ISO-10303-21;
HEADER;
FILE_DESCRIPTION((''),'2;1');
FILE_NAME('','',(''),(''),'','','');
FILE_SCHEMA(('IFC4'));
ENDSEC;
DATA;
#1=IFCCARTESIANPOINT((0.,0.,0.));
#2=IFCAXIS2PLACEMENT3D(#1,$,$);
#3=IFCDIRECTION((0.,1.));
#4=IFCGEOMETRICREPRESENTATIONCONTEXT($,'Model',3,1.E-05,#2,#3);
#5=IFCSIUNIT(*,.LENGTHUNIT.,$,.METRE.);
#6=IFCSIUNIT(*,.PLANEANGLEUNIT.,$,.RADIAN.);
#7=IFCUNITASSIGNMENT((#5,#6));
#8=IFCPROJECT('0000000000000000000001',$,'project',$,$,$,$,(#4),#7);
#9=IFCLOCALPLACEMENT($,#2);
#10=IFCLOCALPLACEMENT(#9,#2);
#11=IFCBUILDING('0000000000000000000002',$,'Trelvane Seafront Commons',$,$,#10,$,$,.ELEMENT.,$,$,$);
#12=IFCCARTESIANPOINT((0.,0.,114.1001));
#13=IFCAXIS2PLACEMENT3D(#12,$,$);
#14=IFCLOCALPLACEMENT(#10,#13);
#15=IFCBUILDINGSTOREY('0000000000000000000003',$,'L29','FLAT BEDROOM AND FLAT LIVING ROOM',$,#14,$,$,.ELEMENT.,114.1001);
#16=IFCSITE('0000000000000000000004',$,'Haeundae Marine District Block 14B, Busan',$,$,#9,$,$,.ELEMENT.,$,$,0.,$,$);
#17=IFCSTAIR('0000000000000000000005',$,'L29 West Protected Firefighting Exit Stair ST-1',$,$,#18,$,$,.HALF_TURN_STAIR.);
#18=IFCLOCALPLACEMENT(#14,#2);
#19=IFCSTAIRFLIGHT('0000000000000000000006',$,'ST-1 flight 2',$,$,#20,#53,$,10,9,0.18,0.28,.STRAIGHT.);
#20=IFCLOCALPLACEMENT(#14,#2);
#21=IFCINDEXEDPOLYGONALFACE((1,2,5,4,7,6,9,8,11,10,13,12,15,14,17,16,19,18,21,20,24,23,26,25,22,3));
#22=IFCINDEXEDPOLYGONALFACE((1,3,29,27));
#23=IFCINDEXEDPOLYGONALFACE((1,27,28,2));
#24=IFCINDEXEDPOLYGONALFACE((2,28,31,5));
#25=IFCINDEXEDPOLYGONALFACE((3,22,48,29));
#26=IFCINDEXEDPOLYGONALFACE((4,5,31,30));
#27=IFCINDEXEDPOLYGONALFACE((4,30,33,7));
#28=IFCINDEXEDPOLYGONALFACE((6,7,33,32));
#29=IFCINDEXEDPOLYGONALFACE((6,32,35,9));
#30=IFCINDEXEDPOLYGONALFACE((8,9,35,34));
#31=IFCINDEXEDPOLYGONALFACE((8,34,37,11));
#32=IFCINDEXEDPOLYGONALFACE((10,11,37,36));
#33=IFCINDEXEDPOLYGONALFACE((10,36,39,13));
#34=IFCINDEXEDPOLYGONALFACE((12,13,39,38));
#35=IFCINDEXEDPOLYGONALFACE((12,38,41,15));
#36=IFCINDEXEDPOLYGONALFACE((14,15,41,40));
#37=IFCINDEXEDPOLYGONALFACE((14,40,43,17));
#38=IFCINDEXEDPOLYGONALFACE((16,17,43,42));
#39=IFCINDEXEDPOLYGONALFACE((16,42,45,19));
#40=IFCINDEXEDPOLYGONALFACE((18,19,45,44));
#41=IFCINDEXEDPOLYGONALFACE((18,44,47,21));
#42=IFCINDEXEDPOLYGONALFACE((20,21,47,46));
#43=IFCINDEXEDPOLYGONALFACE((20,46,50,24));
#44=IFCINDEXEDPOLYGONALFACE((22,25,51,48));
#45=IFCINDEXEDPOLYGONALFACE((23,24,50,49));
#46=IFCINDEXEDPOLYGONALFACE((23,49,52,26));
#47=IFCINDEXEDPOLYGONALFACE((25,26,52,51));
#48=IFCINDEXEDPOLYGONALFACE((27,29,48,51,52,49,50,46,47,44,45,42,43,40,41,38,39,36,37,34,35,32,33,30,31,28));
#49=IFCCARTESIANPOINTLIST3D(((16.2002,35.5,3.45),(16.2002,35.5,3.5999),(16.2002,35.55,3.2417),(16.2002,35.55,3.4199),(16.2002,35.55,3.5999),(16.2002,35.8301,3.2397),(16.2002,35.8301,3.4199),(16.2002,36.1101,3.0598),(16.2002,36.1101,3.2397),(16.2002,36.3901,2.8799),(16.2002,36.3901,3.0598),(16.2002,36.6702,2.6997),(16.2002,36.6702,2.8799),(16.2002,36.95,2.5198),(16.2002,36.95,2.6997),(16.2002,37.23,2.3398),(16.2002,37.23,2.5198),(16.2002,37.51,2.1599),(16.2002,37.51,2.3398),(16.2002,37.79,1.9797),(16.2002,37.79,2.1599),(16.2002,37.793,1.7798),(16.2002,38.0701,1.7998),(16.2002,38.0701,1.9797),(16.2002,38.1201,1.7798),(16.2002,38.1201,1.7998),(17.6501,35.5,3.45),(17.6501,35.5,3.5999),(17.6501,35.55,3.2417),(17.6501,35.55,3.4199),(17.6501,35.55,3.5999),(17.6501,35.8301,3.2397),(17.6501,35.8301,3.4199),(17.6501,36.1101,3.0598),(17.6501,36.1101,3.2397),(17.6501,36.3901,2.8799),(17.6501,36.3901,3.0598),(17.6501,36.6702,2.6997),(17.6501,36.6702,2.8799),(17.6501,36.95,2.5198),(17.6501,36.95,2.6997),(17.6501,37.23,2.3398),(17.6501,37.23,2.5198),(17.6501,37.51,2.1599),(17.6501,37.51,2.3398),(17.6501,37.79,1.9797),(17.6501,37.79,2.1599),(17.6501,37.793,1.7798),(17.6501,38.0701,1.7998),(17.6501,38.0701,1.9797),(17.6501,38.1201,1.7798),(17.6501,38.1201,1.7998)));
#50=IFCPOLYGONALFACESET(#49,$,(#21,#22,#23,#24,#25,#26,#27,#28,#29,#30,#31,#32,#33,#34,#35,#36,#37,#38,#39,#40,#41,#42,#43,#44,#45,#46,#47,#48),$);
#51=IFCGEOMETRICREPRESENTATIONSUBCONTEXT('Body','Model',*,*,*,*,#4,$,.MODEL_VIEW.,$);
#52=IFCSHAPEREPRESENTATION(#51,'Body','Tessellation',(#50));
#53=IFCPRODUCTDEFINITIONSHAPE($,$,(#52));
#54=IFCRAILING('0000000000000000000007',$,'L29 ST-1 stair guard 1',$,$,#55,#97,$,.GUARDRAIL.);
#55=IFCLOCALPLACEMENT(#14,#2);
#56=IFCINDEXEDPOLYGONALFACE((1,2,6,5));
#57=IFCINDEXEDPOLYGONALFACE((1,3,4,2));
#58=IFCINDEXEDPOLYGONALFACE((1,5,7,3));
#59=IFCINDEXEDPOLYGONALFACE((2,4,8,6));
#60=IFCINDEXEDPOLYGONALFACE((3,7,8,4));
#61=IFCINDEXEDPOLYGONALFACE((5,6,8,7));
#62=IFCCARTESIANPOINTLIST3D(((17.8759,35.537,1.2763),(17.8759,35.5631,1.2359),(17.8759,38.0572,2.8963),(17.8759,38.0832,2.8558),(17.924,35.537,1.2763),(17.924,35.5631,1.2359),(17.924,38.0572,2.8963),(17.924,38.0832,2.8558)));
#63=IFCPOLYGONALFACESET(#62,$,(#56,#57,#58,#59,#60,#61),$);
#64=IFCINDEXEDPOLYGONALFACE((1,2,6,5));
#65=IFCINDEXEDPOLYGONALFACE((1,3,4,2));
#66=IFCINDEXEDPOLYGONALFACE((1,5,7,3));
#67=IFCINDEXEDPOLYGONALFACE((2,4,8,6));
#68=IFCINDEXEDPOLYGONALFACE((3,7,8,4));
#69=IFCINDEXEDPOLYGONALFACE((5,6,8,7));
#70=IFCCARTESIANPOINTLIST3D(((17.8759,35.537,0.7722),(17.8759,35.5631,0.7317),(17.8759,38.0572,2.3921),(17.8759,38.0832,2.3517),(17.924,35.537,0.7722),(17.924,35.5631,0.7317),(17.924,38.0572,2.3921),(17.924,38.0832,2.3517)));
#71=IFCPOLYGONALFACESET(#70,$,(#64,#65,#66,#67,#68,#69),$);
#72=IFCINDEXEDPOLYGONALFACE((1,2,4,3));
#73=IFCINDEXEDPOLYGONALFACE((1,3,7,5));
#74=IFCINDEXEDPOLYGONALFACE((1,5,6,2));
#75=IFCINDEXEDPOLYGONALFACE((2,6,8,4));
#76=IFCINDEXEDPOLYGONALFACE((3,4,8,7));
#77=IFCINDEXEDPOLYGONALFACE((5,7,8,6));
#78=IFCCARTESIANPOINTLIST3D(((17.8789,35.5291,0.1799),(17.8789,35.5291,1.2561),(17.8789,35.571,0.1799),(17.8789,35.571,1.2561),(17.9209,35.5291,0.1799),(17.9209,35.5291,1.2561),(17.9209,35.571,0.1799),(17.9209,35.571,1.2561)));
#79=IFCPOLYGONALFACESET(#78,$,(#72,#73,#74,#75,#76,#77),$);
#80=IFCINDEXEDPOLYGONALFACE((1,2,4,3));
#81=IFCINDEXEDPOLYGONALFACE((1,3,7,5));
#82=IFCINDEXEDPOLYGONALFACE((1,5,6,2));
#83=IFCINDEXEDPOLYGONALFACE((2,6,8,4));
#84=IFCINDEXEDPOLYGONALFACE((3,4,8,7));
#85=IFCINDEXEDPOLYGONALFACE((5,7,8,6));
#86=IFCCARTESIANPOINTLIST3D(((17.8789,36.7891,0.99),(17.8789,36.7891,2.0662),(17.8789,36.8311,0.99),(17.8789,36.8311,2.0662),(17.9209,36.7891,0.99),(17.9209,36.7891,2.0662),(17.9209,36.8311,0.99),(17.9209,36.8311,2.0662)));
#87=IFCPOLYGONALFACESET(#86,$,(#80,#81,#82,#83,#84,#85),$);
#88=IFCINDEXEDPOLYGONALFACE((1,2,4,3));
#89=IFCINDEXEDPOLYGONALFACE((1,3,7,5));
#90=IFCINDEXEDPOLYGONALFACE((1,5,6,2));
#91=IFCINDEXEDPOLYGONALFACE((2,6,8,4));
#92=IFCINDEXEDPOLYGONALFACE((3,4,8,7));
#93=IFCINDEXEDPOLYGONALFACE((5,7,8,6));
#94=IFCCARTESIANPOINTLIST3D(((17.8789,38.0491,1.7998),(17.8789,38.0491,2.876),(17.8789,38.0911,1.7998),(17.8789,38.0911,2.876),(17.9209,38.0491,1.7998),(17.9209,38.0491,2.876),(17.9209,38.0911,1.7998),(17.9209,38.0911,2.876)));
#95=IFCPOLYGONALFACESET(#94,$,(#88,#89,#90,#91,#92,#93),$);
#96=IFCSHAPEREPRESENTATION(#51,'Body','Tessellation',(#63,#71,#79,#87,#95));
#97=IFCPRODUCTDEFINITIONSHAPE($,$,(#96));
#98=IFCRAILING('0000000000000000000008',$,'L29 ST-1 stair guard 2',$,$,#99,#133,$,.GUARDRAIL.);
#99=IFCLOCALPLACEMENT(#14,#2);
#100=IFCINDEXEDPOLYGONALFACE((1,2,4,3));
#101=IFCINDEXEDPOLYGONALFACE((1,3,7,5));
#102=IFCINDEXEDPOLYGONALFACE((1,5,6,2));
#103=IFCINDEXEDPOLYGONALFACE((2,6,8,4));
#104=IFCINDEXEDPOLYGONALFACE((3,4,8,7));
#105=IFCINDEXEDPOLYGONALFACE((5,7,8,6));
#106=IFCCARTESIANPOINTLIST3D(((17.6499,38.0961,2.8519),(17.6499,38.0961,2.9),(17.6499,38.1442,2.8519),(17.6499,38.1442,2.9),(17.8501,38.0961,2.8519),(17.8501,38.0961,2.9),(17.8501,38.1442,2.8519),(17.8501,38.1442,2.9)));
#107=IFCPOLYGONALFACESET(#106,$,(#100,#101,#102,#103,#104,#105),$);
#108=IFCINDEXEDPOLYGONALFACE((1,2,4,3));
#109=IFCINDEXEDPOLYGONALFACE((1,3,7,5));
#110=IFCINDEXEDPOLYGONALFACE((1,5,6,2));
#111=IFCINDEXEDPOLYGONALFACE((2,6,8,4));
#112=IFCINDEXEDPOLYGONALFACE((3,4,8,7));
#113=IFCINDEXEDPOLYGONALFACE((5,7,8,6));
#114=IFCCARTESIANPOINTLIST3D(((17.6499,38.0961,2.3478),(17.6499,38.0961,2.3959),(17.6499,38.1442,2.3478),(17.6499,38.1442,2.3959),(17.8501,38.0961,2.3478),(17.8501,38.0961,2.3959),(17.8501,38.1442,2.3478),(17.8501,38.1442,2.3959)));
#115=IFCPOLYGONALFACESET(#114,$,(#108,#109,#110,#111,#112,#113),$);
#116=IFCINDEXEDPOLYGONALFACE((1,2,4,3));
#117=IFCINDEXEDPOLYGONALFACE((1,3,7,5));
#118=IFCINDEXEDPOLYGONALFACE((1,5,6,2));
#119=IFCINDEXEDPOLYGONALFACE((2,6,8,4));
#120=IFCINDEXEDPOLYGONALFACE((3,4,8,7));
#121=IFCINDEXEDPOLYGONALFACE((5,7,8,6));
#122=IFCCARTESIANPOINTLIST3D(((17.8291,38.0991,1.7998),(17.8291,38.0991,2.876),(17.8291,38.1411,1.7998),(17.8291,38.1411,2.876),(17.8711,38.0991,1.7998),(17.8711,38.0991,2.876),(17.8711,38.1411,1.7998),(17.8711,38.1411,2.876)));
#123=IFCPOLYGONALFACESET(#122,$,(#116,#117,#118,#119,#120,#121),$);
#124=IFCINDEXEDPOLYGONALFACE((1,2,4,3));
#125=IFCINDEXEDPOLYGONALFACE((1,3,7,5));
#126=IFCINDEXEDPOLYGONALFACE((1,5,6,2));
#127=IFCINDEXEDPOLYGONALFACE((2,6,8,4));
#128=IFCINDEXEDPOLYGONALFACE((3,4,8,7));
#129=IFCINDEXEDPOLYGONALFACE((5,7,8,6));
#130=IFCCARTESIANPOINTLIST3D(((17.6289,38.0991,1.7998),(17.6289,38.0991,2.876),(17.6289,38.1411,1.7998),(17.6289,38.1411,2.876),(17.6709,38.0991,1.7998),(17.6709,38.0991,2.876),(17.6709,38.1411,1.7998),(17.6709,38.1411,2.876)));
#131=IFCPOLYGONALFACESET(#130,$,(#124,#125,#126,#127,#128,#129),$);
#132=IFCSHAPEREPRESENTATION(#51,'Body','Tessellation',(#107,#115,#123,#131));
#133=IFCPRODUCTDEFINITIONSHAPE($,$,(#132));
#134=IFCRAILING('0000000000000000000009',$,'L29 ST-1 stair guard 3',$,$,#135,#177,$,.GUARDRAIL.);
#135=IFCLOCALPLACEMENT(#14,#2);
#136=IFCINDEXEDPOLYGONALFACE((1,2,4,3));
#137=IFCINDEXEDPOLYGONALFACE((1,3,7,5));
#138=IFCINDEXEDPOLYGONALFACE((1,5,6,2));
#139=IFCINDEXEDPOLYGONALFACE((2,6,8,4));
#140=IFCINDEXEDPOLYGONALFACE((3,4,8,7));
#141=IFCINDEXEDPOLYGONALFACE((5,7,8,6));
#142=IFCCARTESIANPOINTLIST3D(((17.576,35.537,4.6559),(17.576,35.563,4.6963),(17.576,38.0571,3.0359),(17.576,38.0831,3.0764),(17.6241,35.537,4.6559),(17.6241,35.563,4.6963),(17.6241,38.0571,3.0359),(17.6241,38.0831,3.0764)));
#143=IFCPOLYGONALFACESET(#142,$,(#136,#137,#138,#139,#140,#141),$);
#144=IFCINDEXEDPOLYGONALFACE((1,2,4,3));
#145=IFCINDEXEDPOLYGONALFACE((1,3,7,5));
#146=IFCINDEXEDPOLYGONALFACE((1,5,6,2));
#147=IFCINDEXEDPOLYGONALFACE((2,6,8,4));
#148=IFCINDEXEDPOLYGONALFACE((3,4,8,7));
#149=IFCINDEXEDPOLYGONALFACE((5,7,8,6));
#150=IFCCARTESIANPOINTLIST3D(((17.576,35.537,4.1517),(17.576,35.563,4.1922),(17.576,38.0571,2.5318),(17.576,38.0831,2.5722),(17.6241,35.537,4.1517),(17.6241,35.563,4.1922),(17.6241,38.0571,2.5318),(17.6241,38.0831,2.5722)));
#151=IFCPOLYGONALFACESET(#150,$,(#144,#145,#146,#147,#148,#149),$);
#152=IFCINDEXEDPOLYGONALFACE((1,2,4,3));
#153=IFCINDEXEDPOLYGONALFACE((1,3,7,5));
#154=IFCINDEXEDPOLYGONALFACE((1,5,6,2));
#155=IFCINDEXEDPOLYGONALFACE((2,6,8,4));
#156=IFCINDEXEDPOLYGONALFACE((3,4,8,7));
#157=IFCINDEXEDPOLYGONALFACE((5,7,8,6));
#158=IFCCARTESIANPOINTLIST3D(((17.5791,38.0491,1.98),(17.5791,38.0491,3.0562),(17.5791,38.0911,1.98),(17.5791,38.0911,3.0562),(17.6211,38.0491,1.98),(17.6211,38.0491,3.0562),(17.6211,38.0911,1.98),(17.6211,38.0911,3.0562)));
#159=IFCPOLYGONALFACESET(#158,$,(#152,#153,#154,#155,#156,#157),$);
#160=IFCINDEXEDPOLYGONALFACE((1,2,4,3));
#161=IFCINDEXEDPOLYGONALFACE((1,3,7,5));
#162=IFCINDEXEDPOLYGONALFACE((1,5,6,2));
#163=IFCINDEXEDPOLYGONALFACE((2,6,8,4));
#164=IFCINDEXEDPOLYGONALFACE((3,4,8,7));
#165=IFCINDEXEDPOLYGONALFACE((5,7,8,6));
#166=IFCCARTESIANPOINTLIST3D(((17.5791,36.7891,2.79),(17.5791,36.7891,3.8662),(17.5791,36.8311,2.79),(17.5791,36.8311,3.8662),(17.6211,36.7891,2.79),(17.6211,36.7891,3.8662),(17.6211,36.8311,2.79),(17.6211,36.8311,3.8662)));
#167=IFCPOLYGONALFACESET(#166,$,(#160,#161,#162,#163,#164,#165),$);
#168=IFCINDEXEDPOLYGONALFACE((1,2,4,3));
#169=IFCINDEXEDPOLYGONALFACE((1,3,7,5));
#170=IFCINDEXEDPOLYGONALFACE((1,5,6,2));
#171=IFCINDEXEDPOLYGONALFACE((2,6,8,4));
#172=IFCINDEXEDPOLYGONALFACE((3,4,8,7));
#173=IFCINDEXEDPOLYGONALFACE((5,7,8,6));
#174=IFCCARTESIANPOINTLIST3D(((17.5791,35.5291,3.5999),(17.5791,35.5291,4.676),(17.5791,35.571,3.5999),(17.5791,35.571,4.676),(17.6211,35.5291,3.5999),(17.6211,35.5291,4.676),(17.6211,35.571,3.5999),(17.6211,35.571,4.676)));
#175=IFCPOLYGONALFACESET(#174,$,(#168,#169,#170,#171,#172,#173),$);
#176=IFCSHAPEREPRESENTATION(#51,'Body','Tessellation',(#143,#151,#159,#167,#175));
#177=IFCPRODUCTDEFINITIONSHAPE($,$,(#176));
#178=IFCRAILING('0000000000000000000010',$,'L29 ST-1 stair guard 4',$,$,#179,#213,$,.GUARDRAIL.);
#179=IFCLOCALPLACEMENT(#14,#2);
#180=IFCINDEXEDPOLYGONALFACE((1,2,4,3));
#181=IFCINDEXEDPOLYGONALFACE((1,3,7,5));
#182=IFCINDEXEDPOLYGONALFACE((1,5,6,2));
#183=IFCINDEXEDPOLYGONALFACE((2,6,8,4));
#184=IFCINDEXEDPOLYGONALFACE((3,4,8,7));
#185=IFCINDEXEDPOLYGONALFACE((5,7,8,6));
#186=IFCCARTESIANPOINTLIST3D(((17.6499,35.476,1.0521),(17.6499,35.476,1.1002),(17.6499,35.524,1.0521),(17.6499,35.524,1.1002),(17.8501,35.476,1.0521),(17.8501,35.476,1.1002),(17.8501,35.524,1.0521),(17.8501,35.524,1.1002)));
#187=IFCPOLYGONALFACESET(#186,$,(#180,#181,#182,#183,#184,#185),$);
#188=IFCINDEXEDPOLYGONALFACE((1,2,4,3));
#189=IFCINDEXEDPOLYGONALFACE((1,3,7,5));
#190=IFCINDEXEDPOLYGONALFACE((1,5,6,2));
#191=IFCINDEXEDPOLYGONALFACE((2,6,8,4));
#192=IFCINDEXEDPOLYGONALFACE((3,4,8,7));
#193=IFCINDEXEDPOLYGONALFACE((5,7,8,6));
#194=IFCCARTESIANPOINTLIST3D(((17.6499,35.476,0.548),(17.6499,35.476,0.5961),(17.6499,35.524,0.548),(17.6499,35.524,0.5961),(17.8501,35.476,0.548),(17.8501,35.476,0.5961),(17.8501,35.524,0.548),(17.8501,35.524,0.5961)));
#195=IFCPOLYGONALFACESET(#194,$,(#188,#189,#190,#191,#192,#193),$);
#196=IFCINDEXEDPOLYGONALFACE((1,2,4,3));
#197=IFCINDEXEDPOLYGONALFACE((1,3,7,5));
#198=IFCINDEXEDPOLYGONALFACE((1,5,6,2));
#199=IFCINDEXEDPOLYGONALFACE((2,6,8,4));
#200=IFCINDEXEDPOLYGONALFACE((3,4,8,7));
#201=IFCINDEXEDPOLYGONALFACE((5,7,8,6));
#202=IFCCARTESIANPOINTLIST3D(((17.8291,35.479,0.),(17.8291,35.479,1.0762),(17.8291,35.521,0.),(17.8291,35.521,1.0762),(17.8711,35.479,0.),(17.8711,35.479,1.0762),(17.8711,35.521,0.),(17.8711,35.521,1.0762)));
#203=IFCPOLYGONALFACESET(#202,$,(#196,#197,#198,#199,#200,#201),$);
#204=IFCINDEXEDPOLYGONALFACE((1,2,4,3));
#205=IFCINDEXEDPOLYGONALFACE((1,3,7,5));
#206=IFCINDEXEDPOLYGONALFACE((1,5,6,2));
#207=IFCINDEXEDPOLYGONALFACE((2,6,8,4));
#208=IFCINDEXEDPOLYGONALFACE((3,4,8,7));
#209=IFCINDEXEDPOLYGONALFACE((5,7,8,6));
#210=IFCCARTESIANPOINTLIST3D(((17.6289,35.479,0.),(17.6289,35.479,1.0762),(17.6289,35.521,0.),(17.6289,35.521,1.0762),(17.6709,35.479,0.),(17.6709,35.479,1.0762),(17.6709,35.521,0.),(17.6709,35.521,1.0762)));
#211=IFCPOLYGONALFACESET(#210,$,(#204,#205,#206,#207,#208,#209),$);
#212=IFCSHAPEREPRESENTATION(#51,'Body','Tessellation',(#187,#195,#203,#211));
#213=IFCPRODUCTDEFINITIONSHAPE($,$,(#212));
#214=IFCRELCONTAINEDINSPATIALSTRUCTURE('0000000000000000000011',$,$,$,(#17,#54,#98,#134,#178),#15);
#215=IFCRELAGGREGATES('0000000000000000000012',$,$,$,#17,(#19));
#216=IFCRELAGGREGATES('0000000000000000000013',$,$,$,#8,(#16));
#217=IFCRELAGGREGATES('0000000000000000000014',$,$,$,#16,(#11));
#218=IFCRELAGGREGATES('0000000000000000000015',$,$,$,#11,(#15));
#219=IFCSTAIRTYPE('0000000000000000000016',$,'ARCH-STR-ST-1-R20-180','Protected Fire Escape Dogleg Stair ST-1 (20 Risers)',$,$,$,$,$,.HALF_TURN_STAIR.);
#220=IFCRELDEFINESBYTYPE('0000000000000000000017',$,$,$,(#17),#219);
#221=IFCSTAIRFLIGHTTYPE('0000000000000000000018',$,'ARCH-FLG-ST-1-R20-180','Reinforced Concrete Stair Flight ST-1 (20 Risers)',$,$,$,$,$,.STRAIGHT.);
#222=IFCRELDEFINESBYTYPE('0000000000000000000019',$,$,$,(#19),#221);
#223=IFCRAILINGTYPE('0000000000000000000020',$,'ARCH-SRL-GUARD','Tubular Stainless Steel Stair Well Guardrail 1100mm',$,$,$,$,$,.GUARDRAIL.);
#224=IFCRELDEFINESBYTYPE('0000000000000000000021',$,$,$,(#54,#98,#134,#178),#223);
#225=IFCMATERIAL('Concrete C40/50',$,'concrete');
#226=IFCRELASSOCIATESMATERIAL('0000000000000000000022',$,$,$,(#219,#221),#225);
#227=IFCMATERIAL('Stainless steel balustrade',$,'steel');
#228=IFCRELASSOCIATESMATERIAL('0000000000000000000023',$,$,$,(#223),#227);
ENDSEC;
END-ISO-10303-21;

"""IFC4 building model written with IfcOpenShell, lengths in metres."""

from ifc_helpers import new_model, si_unit, direction, frame, origin, origin_2d, place, context, subcontext, project, spatial, polyline, rectangle, outline, extrude, source, transform, mapped, material, type_object, element, aggregate, save


model = new_model("IFC4")

# Units and contexts
model_context = context("Model", 3, precision=1e-05, world=origin(), true_north=direction((0.0, 1.0)))
body_context = subcontext(model_context, "Body", "Model", "MODEL_VIEW")
ifc_project = project(units=[si_unit("LENGTHUNIT", "METRE"), si_unit("PLANEANGLEUNIT", "RADIAN")], contexts=[model_context])

# Site, building, storey
site_placement = place(None, origin())
site = spatial("IfcSite", under=ifc_project, at=site_placement, Name="Haeundae Marine District Block 14B, Busan", CompositionType="ELEMENT", RefElevation=0.0)
building_placement = place(site_placement, origin())
building = spatial("IfcBuilding", under=site, at=building_placement, Name="Trelvane Seafront Commons", CompositionType="ELEMENT")
storey_placement = place(building_placement, frame((0.0, 0.0, 114.1001)))
storey = spatial("IfcBuildingStorey", under=building, at=storey_placement, Name="L29", Description="FLAT BEDROOM AND FLAT LIVING ROOM", CompositionType="ELEMENT", Elevation=114.1001)

# Shared definitions
ifc_material_1 = material(Name="Concrete C40/50", Category="concrete")

# Shared definitions
ifc_material_2 = material(Name="Stainless steel balustrade", Category="steel")

# Stair, stair flight
stair_type = type_object("IfcStairType", Name="ARCH-STR-ST-1-R20-180", Description="Protected Fire Escape Dogleg Stair ST-1 (20 Risers)", PredefinedType="HALF_TURN_STAIR", material=ifc_material_1)
stair_placement = place(storey_placement, origin())
stair = element("IfcStair", 1, at=stair_placement, inside=storey, type_object=stair_type, Name="L29 West Protected Firefighting Exit Stair ST-1", PredefinedType="HALF_TURN_STAIR")
stair_flight_type = type_object("IfcStairFlightType", Name="ARCH-FLG-ST-1-R20-180", Description="Reinforced Concrete Stair Flight ST-1 (20 Risers)", PredefinedType="STRAIGHT", material=ifc_material_1)
shared_shape_1 = source(origin(), body_context, "Body", "SweptSolid", [
    extrude(outline(polyline([(-0.05, -0.02), (-0.05, 0.0), (0.0, 0.0), (0.0, 0.1799), (0.28, 0.1799), (0.28, 0.3601), (0.5601, 0.3601), (0.5601, 0.54), (0.8401, 0.54), (0.8401, 0.72), (1.1201, 0.72), (1.1201, 0.8999), (1.3999, 0.8999), (1.3999, 1.0801), (1.6799, 1.0801), (1.6799, 1.26), (1.96, 1.26), (1.96, 1.4399), (2.24, 1.4399), (2.24, 1.6201), (2.52, 1.6201), (2.52, 1.8), (2.5701, 1.8), (2.5701, 1.6501), (2.52, 1.4419), (0.2771, -0.02), (-0.05, -0.02)])), frame((0.0, 0.7251, 0.0), z_axis=(0.0, -1.0, 0.0), x_axis=(1.0, 0.0, 0.0)), (0.0, 0.0, 1.0), 1.45),
])
stair_flight_1_placement = place(storey_placement, frame((16.925, 38.0701, 1.7998), z_axis=(0.0, 0.0, 1.0), x_axis=(0.0, -1.0, 0.0)))
stair_flight_1 = element("IfcStairFlight", 2, at=stair_flight_1_placement, type_object=stair_flight_type, Name="ST-1 flight 2", NumberOfRisers=10, NumberOfTreads=9, PredefinedType="STRAIGHT", RiserHeight=0.18, TreadLength=0.28, context=body_context, shape_type="MappedRepresentation", body=[
    mapped(shared_shape_1, transform((0.0, 0.0, 0.0), x_axis=(1.0, 0.0, 0.0), y_axis=(0.0, 1.0, 0.0), z_axis=(0.0, 0.0, 1.0), scale=1.0)),
])
aggregate(stair, [stair_flight_1])

# Railings
railing_type_1 = type_object("IfcRailingType", Name="ARCH-SRL-GUARD", Description="Tubular Stainless Steel Stair Well Guardrail 1100mm", PredefinedType="GUARDRAIL", material=ifc_material_2)
railing_1_placement = place(storey_placement, frame((17.8999, 35.55, 0.1799)))
element("IfcRailing", 3, at=railing_1_placement, inside=storey, type_object=railing_type_1, Name="L29 ST-1 stair guard 1", PredefinedType="GUARDRAIL", context=body_context, shape_type="SweptSolid", body=[
    extrude(rectangle(XDim=0.0481, YDim=0.0481, at=origin_2d()), frame((0.0, 0.0, 1.0762), z_axis=(0.0, 0.8412, 0.540725), x_axis=(-1.0, 0.0, 0.0)), (0.0, 0.0, 1.0), 2.9958),
    extrude(rectangle(XDim=0.0481, YDim=0.0481, at=origin_2d()), frame((0.0, 0.0, 0.572), z_axis=(0.0, 0.8412, 0.540725), x_axis=(-1.0, 0.0, 0.0)), (0.0, 0.0, 1.0), 2.9958),
    extrude(rectangle(XDim=0.042, YDim=0.042, at=origin_2d()), origin(), (0.0, 0.0, 1.0), 1.0762),
    extrude(rectangle(XDim=0.042, YDim=0.042, at=origin_2d()), frame((0.0, 1.26, 0.8101)), (0.0, 0.0, 1.0), 1.0762),
    extrude(rectangle(XDim=0.042, YDim=0.042, at=origin_2d()), frame((0.0, 2.52, 1.6199)), (0.0, 0.0, 1.0), 1.0762),
])
railing_2_placement = place(storey_placement, frame((17.8501, 38.1201, 1.7998)))
element("IfcRailing", 4, at=railing_2_placement, inside=storey, type_object=railing_type_1, Name="L29 ST-1 stair guard 2", PredefinedType="GUARDRAIL", context=body_context, shape_type="SweptSolid", body=[
    extrude(rectangle(XDim=0.0481, YDim=0.0481, at=origin_2d()), frame((0.0, 0.0, 1.0762), z_axis=(-1.0, 0.0, 0.0), x_axis=(0.0, -1.0, 0.0)), (0.0, 0.0, 1.0), 0.2002),
    extrude(rectangle(XDim=0.0481, YDim=0.0481, at=origin_2d()), frame((0.0, 0.0, 0.572), z_axis=(-1.0, 0.0, 0.0), x_axis=(0.0, -1.0, 0.0)), (0.0, 0.0, 1.0), 0.2002),
    extrude(rectangle(XDim=0.042, YDim=0.042, at=origin_2d()), origin(), (0.0, 0.0, 1.0), 1.0762),
    extrude(rectangle(XDim=0.042, YDim=0.042, at=origin_2d()), frame((-0.2002, 0.0, 0.0)), (0.0, 0.0, 1.0), 1.0762),
])
railing_3_placement = place(storey_placement, frame((17.6001, 38.0701, 1.98)))
element("IfcRailing", 5, at=railing_3_placement, inside=storey, type_object=railing_type_1, Name="L29 ST-1 stair guard 3", PredefinedType="GUARDRAIL", context=body_context, shape_type="SweptSolid", body=[
    extrude(rectangle(XDim=0.0481, YDim=0.0481, at=origin_2d()), frame((0.0, 0.0, 1.0762), z_axis=(0.0, -0.8412, 0.540725), x_axis=(1.0, 0.0, 0.0)), (0.0, 0.0, 1.0), 2.9958),
    extrude(rectangle(XDim=0.0481, YDim=0.0481, at=origin_2d()), frame((0.0, 0.0, 0.572), z_axis=(0.0, -0.8412, 0.540725), x_axis=(1.0, 0.0, 0.0)), (0.0, 0.0, 1.0), 2.9958),
    extrude(rectangle(XDim=0.042, YDim=0.042, at=origin_2d()), origin(), (0.0, 0.0, 1.0), 1.0762),
    extrude(rectangle(XDim=0.042, YDim=0.042, at=origin_2d()), frame((0.0, -1.26, 0.8101)), (0.0, 0.0, 1.0), 1.0762),
    extrude(rectangle(XDim=0.042, YDim=0.042, at=origin_2d()), frame((0.0, -2.52, 1.6199)), (0.0, 0.0, 1.0), 1.0762),
])
railing_4_placement = place(storey_placement, frame((17.8501, 35.5, 0.0)))
element("IfcRailing", 6, at=railing_4_placement, inside=storey, type_object=railing_type_1, Name="L29 ST-1 stair guard 4", PredefinedType="GUARDRAIL", context=body_context, shape_type="SweptSolid", body=[
    extrude(rectangle(XDim=0.0481, YDim=0.0481, at=origin_2d()), frame((0.0, 0.0, 1.0762), z_axis=(-1.0, 0.0, 0.0), x_axis=(0.0, -1.0, 0.0)), (0.0, 0.0, 1.0), 0.2002),
    extrude(rectangle(XDim=0.0481, YDim=0.0481, at=origin_2d()), frame((0.0, 0.0, 0.572), z_axis=(-1.0, 0.0, 0.0), x_axis=(0.0, -1.0, 0.0)), (0.0, 0.0, 1.0), 0.2002),
    extrude(rectangle(XDim=0.042, YDim=0.042, at=origin_2d()), origin(), (0.0, 0.0, 1.0), 1.0762),
    extrude(rectangle(XDim=0.042, YDim=0.042, at=origin_2d()), frame((-0.2002, 0.0, 0.0)), (0.0, 0.0, 1.0), 1.0762),
])

save(model, "model.ifc")
